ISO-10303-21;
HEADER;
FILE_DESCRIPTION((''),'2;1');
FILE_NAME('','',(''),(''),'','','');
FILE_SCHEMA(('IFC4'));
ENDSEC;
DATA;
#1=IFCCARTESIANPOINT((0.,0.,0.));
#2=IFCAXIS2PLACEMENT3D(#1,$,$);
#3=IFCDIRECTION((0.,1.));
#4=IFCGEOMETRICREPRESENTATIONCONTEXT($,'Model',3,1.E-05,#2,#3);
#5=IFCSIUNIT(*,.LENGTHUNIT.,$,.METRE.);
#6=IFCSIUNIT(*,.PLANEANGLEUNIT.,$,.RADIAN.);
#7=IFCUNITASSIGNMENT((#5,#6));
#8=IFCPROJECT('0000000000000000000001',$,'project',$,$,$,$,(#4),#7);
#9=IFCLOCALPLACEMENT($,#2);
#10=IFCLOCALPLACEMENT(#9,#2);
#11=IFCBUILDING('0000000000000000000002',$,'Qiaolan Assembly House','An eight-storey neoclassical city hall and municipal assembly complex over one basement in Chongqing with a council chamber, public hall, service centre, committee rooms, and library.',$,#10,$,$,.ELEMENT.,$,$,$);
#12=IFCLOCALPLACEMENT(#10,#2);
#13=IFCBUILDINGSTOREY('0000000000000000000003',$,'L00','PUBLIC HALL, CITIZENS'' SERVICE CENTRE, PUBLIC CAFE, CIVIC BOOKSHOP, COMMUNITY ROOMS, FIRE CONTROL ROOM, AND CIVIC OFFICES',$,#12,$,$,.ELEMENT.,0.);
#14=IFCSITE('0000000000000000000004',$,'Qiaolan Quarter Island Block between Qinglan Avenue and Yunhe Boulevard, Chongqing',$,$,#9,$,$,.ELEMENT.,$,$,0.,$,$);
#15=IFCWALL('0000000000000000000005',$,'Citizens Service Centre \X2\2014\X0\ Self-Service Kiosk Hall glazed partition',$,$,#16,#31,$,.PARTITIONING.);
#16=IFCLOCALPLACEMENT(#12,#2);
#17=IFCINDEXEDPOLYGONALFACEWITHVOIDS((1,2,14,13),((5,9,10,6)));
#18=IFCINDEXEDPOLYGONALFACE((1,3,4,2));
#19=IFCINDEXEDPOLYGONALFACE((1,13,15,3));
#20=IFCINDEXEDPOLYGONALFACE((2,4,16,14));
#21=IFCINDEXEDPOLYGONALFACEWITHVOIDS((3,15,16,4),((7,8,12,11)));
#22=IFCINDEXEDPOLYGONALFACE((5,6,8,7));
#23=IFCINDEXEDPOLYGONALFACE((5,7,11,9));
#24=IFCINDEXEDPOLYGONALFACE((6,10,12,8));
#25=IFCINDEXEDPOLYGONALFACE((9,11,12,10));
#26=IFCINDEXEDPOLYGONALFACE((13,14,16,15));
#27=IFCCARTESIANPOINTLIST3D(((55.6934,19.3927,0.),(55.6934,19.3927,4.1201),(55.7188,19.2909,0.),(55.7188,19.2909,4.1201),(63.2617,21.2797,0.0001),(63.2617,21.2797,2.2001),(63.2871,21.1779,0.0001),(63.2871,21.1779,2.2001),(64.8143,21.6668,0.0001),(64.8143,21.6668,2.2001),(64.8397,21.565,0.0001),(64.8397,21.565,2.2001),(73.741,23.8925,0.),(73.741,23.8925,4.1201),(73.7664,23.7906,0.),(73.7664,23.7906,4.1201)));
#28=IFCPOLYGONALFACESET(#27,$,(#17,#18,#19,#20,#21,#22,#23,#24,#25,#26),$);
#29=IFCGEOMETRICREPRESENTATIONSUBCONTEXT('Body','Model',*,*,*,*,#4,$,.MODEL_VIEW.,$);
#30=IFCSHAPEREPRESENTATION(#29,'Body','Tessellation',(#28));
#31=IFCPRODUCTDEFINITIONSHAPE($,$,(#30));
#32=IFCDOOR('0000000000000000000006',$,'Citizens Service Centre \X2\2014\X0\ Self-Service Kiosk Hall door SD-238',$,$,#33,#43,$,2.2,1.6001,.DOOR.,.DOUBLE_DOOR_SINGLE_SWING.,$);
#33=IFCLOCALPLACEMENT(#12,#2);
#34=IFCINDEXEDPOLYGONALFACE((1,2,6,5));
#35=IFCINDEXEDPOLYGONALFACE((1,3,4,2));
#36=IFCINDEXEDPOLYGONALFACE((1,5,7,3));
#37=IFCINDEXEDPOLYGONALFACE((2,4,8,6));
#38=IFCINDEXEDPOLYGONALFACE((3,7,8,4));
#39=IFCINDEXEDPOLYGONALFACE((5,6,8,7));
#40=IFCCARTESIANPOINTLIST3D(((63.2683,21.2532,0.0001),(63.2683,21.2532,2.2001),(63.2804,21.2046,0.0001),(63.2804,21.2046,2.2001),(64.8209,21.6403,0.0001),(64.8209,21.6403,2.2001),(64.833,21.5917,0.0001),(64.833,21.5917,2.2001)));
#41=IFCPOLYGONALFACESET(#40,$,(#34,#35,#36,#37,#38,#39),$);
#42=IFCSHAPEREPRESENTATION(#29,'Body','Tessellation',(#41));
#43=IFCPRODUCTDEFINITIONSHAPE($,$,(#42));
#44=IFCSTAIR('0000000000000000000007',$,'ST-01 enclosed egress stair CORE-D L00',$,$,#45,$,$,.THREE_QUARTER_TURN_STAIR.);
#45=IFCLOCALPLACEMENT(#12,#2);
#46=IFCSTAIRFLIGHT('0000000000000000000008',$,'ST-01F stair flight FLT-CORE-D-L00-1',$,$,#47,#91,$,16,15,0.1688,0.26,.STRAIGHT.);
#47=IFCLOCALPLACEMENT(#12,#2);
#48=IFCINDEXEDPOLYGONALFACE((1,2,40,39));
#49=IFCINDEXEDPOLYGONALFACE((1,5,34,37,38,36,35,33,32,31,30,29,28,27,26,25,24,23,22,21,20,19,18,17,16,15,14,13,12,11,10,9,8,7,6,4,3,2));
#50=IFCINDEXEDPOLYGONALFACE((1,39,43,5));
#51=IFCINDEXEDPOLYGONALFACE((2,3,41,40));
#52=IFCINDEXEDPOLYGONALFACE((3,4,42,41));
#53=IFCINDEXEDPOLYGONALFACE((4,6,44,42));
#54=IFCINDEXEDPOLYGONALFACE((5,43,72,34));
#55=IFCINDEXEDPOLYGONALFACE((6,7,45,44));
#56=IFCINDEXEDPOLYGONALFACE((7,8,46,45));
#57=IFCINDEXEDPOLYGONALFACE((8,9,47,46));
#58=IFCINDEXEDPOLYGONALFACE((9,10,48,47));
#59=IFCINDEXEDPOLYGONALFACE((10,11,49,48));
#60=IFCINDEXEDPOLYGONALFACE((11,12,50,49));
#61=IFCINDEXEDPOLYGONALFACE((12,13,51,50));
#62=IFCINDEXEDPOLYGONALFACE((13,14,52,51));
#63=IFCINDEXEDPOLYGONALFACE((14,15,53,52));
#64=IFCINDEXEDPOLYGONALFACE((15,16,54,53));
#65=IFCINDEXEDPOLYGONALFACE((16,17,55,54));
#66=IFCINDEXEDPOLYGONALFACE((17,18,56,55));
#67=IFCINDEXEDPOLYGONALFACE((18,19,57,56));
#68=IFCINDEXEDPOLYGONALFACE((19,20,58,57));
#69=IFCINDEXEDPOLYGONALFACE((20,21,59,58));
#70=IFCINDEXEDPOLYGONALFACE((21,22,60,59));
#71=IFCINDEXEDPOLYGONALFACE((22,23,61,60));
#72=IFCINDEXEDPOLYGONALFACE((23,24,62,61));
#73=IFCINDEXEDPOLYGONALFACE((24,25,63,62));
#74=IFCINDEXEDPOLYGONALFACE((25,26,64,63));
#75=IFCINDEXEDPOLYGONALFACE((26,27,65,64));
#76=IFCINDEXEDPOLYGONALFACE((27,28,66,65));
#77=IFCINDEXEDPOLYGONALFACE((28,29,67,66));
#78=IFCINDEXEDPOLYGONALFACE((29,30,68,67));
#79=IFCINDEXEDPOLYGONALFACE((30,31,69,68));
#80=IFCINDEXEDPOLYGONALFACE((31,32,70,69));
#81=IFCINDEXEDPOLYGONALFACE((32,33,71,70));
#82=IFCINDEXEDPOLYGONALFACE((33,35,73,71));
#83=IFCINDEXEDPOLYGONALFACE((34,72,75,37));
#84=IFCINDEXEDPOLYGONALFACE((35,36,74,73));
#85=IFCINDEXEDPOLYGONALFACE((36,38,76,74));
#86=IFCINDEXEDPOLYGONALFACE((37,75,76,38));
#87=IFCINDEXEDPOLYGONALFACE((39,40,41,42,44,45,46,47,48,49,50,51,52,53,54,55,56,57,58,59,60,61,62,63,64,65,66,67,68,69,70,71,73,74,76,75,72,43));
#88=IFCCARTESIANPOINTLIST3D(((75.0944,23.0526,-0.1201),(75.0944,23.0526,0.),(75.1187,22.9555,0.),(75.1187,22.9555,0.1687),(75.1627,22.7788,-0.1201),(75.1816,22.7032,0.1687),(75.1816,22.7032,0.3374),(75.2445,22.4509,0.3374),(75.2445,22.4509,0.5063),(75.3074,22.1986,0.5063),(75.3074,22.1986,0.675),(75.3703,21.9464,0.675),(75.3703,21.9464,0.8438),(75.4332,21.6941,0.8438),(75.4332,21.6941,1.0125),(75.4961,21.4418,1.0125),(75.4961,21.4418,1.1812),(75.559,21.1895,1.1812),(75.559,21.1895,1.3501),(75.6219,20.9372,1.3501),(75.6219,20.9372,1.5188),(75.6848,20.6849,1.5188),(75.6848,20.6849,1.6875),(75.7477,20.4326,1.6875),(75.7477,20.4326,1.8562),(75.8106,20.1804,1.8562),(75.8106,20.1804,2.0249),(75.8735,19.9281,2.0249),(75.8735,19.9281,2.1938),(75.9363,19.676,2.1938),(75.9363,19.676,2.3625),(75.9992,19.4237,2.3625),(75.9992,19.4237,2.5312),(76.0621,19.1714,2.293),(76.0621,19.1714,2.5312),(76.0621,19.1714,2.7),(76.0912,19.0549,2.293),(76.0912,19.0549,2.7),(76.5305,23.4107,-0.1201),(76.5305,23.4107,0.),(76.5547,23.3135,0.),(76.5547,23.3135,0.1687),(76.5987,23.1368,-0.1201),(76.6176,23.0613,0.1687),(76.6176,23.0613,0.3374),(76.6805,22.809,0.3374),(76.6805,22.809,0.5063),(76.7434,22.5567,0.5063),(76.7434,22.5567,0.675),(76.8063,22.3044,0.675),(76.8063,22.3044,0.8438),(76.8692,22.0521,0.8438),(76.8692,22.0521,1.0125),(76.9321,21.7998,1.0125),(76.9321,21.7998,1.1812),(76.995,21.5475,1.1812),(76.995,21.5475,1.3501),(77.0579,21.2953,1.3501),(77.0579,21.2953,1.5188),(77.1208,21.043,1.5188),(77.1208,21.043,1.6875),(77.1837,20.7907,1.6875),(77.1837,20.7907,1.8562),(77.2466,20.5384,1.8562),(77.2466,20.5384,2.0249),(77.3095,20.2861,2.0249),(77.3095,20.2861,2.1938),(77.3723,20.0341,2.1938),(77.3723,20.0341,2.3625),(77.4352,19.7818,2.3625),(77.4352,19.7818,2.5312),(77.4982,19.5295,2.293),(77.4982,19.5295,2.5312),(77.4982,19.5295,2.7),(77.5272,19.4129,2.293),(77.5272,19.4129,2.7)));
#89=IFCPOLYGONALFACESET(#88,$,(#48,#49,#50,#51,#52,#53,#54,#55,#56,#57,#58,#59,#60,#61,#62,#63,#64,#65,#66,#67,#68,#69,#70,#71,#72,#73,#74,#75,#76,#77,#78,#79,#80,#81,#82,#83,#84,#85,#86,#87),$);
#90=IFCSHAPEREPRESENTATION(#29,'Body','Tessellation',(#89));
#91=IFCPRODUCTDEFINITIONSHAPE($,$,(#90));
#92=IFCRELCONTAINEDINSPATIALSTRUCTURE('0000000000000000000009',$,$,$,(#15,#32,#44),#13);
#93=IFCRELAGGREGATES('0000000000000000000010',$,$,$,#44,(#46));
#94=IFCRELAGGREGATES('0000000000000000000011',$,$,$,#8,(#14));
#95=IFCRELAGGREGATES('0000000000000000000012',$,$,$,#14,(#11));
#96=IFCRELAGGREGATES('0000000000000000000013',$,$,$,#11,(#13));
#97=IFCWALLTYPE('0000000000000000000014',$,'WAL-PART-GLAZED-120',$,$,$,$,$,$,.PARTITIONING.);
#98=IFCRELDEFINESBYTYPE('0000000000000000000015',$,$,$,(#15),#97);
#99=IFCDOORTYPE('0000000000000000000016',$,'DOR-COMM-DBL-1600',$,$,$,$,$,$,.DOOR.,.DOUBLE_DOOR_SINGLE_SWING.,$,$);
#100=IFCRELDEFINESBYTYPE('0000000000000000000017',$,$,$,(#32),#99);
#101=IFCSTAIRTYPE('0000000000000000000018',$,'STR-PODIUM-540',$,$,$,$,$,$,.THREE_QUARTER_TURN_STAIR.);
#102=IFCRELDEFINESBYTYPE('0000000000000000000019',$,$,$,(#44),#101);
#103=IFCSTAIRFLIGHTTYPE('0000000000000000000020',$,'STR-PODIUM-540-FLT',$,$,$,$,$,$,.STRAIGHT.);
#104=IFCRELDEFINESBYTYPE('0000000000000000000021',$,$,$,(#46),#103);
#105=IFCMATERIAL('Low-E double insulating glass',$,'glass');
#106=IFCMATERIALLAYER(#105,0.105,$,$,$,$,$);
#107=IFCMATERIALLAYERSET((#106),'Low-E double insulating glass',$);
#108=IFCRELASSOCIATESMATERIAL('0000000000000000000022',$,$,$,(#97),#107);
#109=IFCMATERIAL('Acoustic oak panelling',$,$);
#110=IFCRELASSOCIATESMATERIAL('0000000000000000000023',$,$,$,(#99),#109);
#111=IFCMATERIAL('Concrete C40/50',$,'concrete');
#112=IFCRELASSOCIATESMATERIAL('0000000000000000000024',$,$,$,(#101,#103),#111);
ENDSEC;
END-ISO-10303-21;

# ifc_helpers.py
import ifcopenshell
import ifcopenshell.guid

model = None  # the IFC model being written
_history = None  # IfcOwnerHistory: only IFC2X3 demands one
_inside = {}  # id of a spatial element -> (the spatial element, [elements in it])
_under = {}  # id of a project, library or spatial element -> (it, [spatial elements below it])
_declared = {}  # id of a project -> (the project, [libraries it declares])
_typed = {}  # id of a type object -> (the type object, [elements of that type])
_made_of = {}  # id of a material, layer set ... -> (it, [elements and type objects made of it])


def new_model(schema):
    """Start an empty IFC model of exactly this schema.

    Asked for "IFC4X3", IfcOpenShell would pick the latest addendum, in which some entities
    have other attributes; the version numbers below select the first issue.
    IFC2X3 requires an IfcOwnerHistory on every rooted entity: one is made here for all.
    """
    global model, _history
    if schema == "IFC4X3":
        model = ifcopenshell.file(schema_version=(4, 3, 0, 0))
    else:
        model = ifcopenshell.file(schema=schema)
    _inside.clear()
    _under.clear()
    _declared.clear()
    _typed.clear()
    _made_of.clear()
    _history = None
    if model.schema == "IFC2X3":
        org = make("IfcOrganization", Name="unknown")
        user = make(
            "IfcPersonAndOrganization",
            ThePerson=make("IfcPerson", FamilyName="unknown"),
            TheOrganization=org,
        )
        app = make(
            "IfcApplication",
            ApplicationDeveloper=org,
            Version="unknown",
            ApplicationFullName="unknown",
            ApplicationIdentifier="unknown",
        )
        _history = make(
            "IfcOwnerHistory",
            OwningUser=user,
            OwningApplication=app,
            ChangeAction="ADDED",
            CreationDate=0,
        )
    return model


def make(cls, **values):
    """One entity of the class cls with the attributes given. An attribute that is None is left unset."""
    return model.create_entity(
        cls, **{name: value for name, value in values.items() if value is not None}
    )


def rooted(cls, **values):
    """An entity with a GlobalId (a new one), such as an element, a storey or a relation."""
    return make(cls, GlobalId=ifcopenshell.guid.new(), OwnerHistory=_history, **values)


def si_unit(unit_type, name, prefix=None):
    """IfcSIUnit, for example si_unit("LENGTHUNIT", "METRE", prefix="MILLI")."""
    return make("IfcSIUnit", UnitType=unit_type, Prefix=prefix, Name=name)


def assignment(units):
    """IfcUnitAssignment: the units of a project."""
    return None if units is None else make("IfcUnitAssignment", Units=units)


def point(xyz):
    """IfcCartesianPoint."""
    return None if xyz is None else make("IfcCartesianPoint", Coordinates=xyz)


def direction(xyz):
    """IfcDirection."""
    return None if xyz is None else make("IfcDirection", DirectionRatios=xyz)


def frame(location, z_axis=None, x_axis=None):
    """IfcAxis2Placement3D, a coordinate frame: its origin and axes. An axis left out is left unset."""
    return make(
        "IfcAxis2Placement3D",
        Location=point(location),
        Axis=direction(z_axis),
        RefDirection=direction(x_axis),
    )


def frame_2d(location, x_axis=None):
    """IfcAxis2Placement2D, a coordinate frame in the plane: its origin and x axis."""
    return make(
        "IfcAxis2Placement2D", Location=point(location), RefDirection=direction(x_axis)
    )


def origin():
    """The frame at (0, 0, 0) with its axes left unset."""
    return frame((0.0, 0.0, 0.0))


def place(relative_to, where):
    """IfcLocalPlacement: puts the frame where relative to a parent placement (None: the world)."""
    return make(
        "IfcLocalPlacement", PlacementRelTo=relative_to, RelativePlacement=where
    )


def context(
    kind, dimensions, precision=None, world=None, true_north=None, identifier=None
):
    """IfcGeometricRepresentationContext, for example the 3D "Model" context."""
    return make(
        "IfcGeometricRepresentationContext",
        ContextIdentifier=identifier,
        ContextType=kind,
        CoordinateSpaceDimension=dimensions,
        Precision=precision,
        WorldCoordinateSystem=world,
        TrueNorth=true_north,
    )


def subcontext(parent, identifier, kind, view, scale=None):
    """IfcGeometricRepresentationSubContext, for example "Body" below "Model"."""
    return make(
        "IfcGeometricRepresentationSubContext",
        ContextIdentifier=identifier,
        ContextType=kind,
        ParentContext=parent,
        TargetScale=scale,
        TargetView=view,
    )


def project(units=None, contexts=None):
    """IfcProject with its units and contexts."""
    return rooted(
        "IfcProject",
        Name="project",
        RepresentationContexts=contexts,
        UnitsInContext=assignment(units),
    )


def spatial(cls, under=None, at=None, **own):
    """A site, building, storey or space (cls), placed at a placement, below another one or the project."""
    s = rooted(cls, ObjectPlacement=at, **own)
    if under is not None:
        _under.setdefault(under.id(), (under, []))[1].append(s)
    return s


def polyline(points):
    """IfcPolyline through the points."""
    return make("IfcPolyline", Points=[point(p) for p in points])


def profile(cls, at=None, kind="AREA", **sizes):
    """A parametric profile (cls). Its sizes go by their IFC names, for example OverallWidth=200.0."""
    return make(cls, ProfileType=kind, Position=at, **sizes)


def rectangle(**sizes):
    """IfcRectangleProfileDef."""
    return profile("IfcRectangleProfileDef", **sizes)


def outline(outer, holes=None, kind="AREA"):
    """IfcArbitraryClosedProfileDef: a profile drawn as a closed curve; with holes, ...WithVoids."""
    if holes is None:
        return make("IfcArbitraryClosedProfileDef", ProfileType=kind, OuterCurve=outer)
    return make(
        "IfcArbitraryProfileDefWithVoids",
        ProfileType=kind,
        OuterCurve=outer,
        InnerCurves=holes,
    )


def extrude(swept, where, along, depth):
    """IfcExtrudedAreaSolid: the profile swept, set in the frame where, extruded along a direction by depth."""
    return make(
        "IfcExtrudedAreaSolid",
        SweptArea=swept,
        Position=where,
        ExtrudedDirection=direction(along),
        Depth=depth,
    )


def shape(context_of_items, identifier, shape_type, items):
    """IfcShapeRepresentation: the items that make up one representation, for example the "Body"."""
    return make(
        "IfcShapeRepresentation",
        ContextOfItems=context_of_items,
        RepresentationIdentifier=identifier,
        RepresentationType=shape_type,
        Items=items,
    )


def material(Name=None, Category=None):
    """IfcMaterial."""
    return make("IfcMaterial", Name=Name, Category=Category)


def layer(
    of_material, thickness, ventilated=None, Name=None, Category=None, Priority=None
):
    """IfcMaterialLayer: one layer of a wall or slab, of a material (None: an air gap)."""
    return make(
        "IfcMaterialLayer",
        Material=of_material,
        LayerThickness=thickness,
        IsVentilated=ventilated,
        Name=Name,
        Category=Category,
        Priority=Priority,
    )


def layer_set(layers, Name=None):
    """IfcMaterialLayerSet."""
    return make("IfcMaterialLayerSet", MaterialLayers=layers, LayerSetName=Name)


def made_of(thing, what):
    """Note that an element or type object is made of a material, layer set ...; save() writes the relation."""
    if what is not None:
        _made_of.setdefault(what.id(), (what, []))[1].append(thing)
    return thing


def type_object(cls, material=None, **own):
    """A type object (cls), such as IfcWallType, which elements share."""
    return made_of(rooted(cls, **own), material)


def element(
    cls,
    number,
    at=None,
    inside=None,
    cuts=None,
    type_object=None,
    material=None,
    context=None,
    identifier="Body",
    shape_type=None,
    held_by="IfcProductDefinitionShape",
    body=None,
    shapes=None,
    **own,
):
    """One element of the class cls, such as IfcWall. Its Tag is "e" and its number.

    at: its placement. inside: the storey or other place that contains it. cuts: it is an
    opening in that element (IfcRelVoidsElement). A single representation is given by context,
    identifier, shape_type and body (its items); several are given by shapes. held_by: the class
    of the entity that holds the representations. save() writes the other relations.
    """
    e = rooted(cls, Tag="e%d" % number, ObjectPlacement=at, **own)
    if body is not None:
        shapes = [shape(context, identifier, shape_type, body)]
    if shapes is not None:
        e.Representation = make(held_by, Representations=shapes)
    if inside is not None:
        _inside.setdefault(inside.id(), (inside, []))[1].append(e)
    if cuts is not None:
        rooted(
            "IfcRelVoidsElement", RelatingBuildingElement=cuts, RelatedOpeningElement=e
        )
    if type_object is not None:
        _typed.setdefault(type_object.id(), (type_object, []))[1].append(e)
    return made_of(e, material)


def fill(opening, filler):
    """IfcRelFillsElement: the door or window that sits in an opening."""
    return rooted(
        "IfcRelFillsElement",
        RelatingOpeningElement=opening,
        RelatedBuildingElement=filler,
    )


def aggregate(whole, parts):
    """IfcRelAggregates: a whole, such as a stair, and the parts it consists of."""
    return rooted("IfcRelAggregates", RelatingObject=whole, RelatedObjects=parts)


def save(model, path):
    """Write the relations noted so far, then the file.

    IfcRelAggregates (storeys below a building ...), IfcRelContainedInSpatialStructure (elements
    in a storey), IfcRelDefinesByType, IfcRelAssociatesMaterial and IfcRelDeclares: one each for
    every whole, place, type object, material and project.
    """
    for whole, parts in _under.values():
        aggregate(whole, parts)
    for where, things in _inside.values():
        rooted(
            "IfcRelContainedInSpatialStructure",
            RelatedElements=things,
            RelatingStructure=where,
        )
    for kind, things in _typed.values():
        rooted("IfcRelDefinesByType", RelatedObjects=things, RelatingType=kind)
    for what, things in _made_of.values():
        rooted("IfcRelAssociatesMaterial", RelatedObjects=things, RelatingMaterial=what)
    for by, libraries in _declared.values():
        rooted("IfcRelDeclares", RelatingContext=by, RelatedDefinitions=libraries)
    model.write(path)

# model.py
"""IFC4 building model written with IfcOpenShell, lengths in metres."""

from ifc_helpers import new_model, si_unit, direction, frame, frame_2d, origin, place, context, subcontext, project, spatial, polyline, rectangle, outline, extrude, material, layer, layer_set, type_object, element, fill, aggregate, save


model = new_model("IFC4")

# Units and contexts
model_context = context("Model", 3, precision=1e-05, world=origin(), true_north=direction((0.0, 1.0)))
body_context = subcontext(model_context, "Body", "Model", "MODEL_VIEW")
ifc_project = project(units=[si_unit("LENGTHUNIT", "METRE"), si_unit("PLANEANGLEUNIT", "RADIAN")], contexts=[model_context])

# Site, building, storey
site_placement = place(None, origin())
site = spatial("IfcSite", under=ifc_project, at=site_placement, Name="Qiaolan Quarter Island Block between Qinglan Avenue and Yunhe Boulevard, Chongqing", CompositionType="ELEMENT", RefElevation=0.0)
building_placement = place(site_placement, origin())
building = spatial("IfcBuilding", under=site, at=building_placement, Name="Qiaolan Assembly House", Description="An eight-storey neoclassical city hall and municipal assembly complex over one basement in Chongqing with a council chamber, public hall, service centre, committee rooms, and library.", CompositionType="ELEMENT")
storey_placement = place(building_placement, origin())
storey = spatial("IfcBuildingStorey", under=building, at=storey_placement, Name="L00", Description="PUBLIC HALL, CITIZENS' SERVICE CENTRE, PUBLIC CAFE, CIVIC BOOKSHOP, COMMUNITY ROOMS, FIRE CONTROL ROOM, AND CIVIC OFFICES", CompositionType="ELEMENT", Elevation=0.0)

# Shared definitions
ifc_material_1 = material(Name="Concrete C40/50", Category="concrete")

# Shared definitions
ifc_material_2 = material(Name="Low-E double insulating glass", Category="glass")

# Wall, opening, door
ifc_material_3 = material(Name="Acoustic oak panelling")
ifc_layer_1 = layer(ifc_material_2, 0.105)
ifc_layer_set_1 = layer_set([ifc_layer_1], Name="Low-E double insulating glass")
wall_type_1 = type_object("IfcWallType", Name="WAL-PART-GLAZED-120", PredefinedType="PARTITIONING", material=ifc_layer_set_1)
wall_1_placement = place(storey_placement, frame((73.7537, 23.8416, 0.0), z_axis=(0.0, 0.0, 1.0), x_axis=(-0.970296, -0.241921, 0.0)))
wall_1 = element("IfcWall", 1, at=wall_1_placement, inside=storey, type_object=wall_type_1, Name="Citizens Service Centre — Self-Service Kiosk Hall glazed partition", PredefinedType="PARTITIONING", context=body_context, shape_type="SweptSolid", body=[
    extrude(rectangle(XDim=18.6001, YDim=0.105, at=frame_2d((9.3, 0.0))), origin(), (0.0, 0.0, 1.0), 4.1201),
])
opening_1_placement = place(wall_1_placement, frame((9.2, 0.0, 0.0)))
opening_1 = element("IfcOpeningElement", 2, at=opening_1_placement, cuts=wall_1, PredefinedType="OPENING", context=body_context, shape_type="SweptSolid", body=[
    extrude(rectangle(XDim=1.6001, YDim=2.2, at=frame_2d((0.8, 1.1001))), frame((0.0, 0.0625, 0.0), z_axis=(0.0, -1.0, 0.0), x_axis=(1.0, 0.0, 0.0)), (0.0, 0.0, 1.0), 0.125),
])
door_type_1 = type_object("IfcDoorType", Name="DOR-COMM-DBL-1600", OperationType="DOUBLE_DOOR_SINGLE_SWING", PredefinedType="DOOR", material=ifc_material_3)
door_1_placement = place(opening_1_placement, origin())
door_1 = element("IfcDoor", 3, at=door_1_placement, inside=storey, type_object=door_type_1, Name="Citizens Service Centre — Self-Service Kiosk Hall door SD-238", OperationType="DOUBLE_DOOR_SINGLE_SWING", OverallHeight=2.2, OverallWidth=1.6001, PredefinedType="DOOR", context=body_context, shape_type="SweptSolid", body=[
    extrude(rectangle(XDim=1.6001, YDim=2.2, at=frame_2d((0.8, 1.1001))), frame((0.0, 0.0249, 0.0), z_axis=(0.0, -1.0, 0.0), x_axis=(1.0, 0.0, 0.0)), (0.0, 0.0, 1.0), 0.05),
])
fill(opening_1, door_1)

# Stair, stair flight
stair_type = type_object("IfcStairType", Name="STR-PODIUM-540", PredefinedType="THREE_QUARTER_TURN_STAIR", material=ifc_material_1)
stair_placement = place(storey_placement, origin())
stair = element("IfcStair", 4, at=stair_placement, inside=storey, type_object=stair_type, Name="ST-01 enclosed egress stair CORE-D L00", PredefinedType="THREE_QUARTER_TURN_STAIR")
stair_flight_type = type_object("IfcStairFlightType", Name="STR-PODIUM-540-FLT", PredefinedType="STRAIGHT", material=ifc_material_1)
stair_flight_placement = place(storey_placement, frame((75.8367, 23.1345, 0.0), z_axis=(0.0, 0.0, 1.0), x_axis=(0.241922, -0.970296, 0.0)))
stair_flight = element("IfcStairFlight", 5, at=stair_flight_placement, type_object=stair_flight_type, Name="ST-01F stair flight FLT-CORE-D-L00-1", NumberOfRisers=16, NumberOfTreads=15, PredefinedType="STRAIGHT", RiserHeight=0.1688, TreadLength=0.26, context=body_context, shape_type="SweptSolid", body=[
    extrude(outline(polyline([(-0.1001, -0.1201), (-0.1001, 0.0), (0.0, 0.0), (0.0, 0.1687), (0.26, 0.1687), (0.26, 0.3374), (0.52, 0.3374), (0.52, 0.5063), (0.78, 0.5063), (0.78, 0.675), (1.04, 0.675), (1.04, 0.8438), (1.3, 0.8438), (1.3, 1.0125), (1.5601, 1.0125), (1.5601, 1.1812), (1.8201, 1.1812), (1.8201, 1.3501), (2.0801, 1.3501), (2.0801, 1.5188), (2.3401, 1.5188), (2.3401, 1.6875), (2.6001, 1.6875), (2.6001, 1.8562), (2.8601, 1.8562), (2.8601, 2.0249), (3.1201, 2.0249), (3.1201, 2.1938), (3.3799, 2.1938), (3.3799, 2.3625), (3.6399, 2.3625), (3.6399, 2.5312), (3.8999, 2.5312), (3.8999, 2.7), (4.02, 2.7), (4.02, 2.293), (3.8999, 2.293), (0.1821, -0.1201), (-0.1001, -0.1201)])), frame((0.0, 0.74, 0.0), z_axis=(0.0, -1.0, 0.0), x_axis=(1.0, 0.0, 0.0)), (0.0, 0.0, 1.0), 1.48),
])
aggregate(stair, [stair_flight])

save(model, "model.ifc")
